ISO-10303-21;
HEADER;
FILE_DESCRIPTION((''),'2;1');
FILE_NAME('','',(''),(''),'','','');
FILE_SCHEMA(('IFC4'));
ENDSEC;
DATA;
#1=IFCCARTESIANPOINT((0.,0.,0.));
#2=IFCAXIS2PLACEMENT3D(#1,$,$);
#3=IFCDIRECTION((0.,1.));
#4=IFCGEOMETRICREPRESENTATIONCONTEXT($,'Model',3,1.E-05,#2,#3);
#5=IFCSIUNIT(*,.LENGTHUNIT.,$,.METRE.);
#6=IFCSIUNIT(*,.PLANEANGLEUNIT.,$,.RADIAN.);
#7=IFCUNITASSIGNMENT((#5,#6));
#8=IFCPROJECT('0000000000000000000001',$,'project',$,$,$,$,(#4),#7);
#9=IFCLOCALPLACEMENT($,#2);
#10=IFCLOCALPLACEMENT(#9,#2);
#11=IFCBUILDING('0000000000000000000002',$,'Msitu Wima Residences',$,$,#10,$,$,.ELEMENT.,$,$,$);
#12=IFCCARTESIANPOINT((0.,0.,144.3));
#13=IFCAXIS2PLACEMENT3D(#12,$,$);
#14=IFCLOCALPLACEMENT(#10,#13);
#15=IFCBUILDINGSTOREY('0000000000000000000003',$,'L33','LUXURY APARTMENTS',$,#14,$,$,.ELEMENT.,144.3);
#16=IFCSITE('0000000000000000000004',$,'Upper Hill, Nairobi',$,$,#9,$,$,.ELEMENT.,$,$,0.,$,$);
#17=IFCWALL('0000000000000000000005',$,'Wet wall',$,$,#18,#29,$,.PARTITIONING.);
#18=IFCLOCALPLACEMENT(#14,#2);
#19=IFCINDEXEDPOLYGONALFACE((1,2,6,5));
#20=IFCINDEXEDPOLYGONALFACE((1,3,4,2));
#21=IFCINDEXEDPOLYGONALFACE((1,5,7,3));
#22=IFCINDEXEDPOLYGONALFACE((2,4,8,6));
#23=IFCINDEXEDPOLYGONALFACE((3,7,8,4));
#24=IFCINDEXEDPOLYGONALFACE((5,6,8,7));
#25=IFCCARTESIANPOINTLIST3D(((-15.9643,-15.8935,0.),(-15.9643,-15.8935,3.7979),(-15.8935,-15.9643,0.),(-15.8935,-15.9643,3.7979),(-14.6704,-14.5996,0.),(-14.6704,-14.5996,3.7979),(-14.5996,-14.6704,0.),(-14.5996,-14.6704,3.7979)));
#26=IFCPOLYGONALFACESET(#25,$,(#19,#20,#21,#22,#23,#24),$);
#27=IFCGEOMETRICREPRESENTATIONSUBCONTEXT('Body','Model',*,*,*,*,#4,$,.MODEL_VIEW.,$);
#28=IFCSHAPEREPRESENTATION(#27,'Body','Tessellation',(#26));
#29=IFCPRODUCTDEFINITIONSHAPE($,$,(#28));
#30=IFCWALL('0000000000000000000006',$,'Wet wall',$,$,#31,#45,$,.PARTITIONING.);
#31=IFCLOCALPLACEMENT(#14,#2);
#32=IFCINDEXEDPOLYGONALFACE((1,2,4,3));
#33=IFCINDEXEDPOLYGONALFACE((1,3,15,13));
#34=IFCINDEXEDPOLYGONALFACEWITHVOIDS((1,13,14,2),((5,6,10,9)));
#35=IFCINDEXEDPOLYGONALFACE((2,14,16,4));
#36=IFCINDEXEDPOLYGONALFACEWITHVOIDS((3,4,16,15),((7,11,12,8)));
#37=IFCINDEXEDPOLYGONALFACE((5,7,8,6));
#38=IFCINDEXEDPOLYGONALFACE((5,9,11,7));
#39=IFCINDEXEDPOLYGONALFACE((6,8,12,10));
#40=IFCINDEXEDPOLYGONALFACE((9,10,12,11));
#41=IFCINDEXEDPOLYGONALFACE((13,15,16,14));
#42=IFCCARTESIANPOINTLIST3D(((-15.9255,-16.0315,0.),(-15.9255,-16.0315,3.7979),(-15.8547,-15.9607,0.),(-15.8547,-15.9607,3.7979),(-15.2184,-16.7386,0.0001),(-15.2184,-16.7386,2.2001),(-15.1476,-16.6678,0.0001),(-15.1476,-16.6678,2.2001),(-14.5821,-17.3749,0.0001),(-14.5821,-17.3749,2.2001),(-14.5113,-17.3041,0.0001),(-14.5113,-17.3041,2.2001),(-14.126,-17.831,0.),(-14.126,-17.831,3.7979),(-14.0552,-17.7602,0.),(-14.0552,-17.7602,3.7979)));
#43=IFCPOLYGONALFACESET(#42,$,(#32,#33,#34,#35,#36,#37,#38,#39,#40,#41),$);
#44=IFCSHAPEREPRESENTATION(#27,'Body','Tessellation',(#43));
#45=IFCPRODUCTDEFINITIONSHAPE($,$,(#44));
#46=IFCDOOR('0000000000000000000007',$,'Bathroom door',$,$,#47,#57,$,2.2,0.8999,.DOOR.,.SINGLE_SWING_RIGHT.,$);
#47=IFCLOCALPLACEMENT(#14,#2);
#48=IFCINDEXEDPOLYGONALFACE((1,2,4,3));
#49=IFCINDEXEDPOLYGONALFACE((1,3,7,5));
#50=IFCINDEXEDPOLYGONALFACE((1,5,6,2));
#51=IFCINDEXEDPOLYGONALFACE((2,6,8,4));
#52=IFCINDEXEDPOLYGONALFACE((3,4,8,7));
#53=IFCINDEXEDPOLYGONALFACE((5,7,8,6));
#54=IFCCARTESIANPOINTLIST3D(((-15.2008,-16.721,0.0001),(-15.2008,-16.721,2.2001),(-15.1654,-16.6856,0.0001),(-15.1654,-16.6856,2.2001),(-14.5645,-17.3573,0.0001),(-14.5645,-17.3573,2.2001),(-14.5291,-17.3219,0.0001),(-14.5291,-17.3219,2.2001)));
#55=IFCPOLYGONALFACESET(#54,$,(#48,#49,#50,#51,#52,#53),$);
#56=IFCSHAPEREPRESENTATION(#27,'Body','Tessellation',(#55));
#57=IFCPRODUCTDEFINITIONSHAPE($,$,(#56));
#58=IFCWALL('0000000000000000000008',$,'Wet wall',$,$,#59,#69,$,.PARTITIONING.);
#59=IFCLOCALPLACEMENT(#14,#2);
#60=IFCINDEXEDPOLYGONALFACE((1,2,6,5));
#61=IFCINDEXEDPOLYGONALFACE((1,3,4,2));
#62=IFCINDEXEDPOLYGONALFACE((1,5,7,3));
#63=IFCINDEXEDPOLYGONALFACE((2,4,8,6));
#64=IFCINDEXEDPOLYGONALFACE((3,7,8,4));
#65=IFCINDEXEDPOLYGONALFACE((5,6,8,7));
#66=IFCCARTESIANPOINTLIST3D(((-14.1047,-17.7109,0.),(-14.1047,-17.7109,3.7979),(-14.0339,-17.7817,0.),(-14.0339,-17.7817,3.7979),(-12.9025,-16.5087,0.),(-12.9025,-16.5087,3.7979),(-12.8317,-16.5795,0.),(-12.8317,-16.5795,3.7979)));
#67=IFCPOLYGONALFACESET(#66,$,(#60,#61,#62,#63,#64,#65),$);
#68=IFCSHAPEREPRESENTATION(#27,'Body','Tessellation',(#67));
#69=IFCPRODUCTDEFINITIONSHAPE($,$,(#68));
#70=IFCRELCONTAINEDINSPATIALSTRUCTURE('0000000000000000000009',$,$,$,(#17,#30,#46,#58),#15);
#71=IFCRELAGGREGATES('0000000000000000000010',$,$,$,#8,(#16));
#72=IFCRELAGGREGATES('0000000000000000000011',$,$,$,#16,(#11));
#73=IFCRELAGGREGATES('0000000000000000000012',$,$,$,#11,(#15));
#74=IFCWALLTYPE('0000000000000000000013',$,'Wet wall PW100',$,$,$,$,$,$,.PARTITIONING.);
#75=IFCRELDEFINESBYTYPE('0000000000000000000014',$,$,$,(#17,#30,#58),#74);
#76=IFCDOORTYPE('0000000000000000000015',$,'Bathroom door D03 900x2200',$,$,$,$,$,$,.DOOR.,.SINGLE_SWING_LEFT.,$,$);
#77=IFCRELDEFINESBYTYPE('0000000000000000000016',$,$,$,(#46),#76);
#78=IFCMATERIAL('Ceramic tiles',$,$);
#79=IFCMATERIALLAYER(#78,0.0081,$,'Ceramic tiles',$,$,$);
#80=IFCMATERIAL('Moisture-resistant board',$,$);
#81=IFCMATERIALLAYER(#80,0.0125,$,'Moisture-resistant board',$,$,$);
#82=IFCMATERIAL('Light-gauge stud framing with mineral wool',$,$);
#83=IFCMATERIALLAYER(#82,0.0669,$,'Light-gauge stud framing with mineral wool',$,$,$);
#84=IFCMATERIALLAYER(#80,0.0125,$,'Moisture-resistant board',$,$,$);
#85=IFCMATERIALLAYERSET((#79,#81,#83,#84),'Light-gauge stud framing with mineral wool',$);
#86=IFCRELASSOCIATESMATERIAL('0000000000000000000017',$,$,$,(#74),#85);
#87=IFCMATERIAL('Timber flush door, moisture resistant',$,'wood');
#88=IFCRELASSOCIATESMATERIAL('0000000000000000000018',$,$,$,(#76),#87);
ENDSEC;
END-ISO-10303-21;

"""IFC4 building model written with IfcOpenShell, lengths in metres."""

from ifc_helpers import new_model, si_unit, direction, frame, frame_2d, origin, place, context, subcontext, project, spatial, rectangle, extrude, material, layer, layer_set, type_object, element, fill, save


model = new_model("IFC4")

# Units and contexts
model_context = context("Model", 3, precision=1e-05, world=origin(), true_north=direction((0.0, 1.0)))
body_context = subcontext(model_context, "Body", "Model", "MODEL_VIEW")
ifc_project = project(units=[si_unit("LENGTHUNIT", "METRE"), si_unit("PLANEANGLEUNIT", "RADIAN")], contexts=[model_context])

# Site, building, storey
site_placement = place(None, origin())
site = spatial("IfcSite", under=ifc_project, at=site_placement, Name="Upper Hill, Nairobi", CompositionType="ELEMENT", RefElevation=0.0)
building_placement = place(site_placement, origin())
building = spatial("IfcBuilding", under=site, at=building_placement, Name="Msitu Wima Residences", CompositionType="ELEMENT")
storey_placement = place(building_placement, frame((0.0, 0.0, 144.3)))
storey = spatial("IfcBuildingStorey", under=building, at=storey_placement, Name="L33", Description="LUXURY APARTMENTS", CompositionType="ELEMENT", Elevation=144.3)

# Wall
ifc_material_1 = material(Name="Ceramic tiles")
ifc_layer_1 = layer(ifc_material_1, 0.0081, Name="Ceramic tiles")
ifc_material_2 = material(Name="Moisture-resistant board")
ifc_layer_2 = layer(ifc_material_2, 0.0125, Name="Moisture-resistant board")
ifc_material_3 = material(Name="Light-gauge stud framing with mineral wool")
ifc_layer_3 = layer(ifc_material_3, 0.0669, Name="Light-gauge stud framing with mineral wool")
ifc_layer_4 = layer(ifc_material_2, 0.0125, Name="Moisture-resistant board")
ifc_layer_set_1 = layer_set([ifc_layer_1, ifc_layer_2, ifc_layer_3, ifc_layer_4], Name="Light-gauge stud framing with mineral wool")
wall_type_1 = type_object("IfcWallType", Name="Wet wall PW100", PredefinedType="PARTITIONING", material=ifc_layer_set_1)
wall_1_placement = place(storey_placement, frame((-15.929, -15.929, 0.0), z_axis=(0.0, 0.0, 1.0), x_axis=(0.707107, 0.707107, 0.0)))
element("IfcWall", 1, at=wall_1_placement, inside=storey, type_object=wall_type_1, Name="Wet wall", PredefinedType="PARTITIONING", context=body_context, shape_type="SweptSolid", body=[
    extrude(rectangle(XDim=1.8298, YDim=0.1001, at=frame_2d((0.915, 0.0))), origin(), (0.0, 0.0, 1.0), 3.7979),
])

# Wall, opening, door
wall_2_placement = place(storey_placement, frame((-15.8901, -15.9961, 0.0), z_axis=(0.0, 0.0, 1.0), x_axis=(0.707107, -0.707107, 0.0)))
wall_2 = element("IfcWall", 2, at=wall_2_placement, inside=storey, type_object=wall_type_1, Name="Wet wall", PredefinedType="PARTITIONING", context=body_context, shape_type="SweptSolid", body=[
    extrude(rectangle(XDim=2.5449, YDim=0.1001, at=frame_2d((1.2725, 0.0))), origin(), (0.0, 0.0, 1.0), 3.7979),
])
opening_1_placement = place(wall_2_placement, frame((1.0, 0.0, 0.0)))
opening_1 = element("IfcOpeningElement", 3, at=opening_1_placement, cuts=wall_2, PredefinedType="OPENING", context=body_context, shape_type="SweptSolid", body=[
    extrude(rectangle(XDim=0.8999, YDim=2.2, at=frame_2d((0.45, 1.1001))), frame((0.0, 0.0601, 0.0), z_axis=(0.0, -1.0, 0.0), x_axis=(1.0, 0.0, 0.0)), (0.0, 0.0, 1.0), 0.1201),
])
ifc_material_4 = material(Name="Timber flush door, moisture resistant", Category="wood")
door_type_1 = type_object("IfcDoorType", Name="Bathroom door D03 900x2200", OperationType="SINGLE_SWING_LEFT", PredefinedType="DOOR", material=ifc_material_4)
door_1_placement = place(opening_1_placement, origin())
door_1 = element("IfcDoor", 4, at=door_1_placement, inside=storey, type_object=door_type_1, Name="Bathroom door", OperationType="SINGLE_SWING_RIGHT", OverallHeight=2.2, OverallWidth=0.8999, PredefinedType="DOOR", context=body_context, shape_type="SweptSolid", body=[
    extrude(rectangle(XDim=0.8999, YDim=2.2, at=frame_2d((0.45, 1.1001))), frame((0.0, 0.0249, 0.0), z_axis=(0.0, -1.0, 0.0), x_axis=(1.0, 0.0, 0.0)), (0.0, 0.0, 1.0), 0.05),
])
fill(opening_1, door_1)

# Wall
wall_3_placement = place(storey_placement, frame((-14.0693, -17.7463, 0.0), z_axis=(0.0, 0.0, 1.0), x_axis=(0.707107, 0.707107, 0.0)))
element("IfcWall", 5, at=wall_3_placement, inside=storey, type_object=wall_type_1, Name="Wet wall", PredefinedType="PARTITIONING", context=body_context, shape_type="SweptSolid", body=[
    extrude(rectangle(XDim=1.7002, YDim=0.1001, at=frame_2d((0.8501, 0.0))), origin(), (0.0, 0.0, 1.0), 3.7979),
])

save(model, "model.ifc")
